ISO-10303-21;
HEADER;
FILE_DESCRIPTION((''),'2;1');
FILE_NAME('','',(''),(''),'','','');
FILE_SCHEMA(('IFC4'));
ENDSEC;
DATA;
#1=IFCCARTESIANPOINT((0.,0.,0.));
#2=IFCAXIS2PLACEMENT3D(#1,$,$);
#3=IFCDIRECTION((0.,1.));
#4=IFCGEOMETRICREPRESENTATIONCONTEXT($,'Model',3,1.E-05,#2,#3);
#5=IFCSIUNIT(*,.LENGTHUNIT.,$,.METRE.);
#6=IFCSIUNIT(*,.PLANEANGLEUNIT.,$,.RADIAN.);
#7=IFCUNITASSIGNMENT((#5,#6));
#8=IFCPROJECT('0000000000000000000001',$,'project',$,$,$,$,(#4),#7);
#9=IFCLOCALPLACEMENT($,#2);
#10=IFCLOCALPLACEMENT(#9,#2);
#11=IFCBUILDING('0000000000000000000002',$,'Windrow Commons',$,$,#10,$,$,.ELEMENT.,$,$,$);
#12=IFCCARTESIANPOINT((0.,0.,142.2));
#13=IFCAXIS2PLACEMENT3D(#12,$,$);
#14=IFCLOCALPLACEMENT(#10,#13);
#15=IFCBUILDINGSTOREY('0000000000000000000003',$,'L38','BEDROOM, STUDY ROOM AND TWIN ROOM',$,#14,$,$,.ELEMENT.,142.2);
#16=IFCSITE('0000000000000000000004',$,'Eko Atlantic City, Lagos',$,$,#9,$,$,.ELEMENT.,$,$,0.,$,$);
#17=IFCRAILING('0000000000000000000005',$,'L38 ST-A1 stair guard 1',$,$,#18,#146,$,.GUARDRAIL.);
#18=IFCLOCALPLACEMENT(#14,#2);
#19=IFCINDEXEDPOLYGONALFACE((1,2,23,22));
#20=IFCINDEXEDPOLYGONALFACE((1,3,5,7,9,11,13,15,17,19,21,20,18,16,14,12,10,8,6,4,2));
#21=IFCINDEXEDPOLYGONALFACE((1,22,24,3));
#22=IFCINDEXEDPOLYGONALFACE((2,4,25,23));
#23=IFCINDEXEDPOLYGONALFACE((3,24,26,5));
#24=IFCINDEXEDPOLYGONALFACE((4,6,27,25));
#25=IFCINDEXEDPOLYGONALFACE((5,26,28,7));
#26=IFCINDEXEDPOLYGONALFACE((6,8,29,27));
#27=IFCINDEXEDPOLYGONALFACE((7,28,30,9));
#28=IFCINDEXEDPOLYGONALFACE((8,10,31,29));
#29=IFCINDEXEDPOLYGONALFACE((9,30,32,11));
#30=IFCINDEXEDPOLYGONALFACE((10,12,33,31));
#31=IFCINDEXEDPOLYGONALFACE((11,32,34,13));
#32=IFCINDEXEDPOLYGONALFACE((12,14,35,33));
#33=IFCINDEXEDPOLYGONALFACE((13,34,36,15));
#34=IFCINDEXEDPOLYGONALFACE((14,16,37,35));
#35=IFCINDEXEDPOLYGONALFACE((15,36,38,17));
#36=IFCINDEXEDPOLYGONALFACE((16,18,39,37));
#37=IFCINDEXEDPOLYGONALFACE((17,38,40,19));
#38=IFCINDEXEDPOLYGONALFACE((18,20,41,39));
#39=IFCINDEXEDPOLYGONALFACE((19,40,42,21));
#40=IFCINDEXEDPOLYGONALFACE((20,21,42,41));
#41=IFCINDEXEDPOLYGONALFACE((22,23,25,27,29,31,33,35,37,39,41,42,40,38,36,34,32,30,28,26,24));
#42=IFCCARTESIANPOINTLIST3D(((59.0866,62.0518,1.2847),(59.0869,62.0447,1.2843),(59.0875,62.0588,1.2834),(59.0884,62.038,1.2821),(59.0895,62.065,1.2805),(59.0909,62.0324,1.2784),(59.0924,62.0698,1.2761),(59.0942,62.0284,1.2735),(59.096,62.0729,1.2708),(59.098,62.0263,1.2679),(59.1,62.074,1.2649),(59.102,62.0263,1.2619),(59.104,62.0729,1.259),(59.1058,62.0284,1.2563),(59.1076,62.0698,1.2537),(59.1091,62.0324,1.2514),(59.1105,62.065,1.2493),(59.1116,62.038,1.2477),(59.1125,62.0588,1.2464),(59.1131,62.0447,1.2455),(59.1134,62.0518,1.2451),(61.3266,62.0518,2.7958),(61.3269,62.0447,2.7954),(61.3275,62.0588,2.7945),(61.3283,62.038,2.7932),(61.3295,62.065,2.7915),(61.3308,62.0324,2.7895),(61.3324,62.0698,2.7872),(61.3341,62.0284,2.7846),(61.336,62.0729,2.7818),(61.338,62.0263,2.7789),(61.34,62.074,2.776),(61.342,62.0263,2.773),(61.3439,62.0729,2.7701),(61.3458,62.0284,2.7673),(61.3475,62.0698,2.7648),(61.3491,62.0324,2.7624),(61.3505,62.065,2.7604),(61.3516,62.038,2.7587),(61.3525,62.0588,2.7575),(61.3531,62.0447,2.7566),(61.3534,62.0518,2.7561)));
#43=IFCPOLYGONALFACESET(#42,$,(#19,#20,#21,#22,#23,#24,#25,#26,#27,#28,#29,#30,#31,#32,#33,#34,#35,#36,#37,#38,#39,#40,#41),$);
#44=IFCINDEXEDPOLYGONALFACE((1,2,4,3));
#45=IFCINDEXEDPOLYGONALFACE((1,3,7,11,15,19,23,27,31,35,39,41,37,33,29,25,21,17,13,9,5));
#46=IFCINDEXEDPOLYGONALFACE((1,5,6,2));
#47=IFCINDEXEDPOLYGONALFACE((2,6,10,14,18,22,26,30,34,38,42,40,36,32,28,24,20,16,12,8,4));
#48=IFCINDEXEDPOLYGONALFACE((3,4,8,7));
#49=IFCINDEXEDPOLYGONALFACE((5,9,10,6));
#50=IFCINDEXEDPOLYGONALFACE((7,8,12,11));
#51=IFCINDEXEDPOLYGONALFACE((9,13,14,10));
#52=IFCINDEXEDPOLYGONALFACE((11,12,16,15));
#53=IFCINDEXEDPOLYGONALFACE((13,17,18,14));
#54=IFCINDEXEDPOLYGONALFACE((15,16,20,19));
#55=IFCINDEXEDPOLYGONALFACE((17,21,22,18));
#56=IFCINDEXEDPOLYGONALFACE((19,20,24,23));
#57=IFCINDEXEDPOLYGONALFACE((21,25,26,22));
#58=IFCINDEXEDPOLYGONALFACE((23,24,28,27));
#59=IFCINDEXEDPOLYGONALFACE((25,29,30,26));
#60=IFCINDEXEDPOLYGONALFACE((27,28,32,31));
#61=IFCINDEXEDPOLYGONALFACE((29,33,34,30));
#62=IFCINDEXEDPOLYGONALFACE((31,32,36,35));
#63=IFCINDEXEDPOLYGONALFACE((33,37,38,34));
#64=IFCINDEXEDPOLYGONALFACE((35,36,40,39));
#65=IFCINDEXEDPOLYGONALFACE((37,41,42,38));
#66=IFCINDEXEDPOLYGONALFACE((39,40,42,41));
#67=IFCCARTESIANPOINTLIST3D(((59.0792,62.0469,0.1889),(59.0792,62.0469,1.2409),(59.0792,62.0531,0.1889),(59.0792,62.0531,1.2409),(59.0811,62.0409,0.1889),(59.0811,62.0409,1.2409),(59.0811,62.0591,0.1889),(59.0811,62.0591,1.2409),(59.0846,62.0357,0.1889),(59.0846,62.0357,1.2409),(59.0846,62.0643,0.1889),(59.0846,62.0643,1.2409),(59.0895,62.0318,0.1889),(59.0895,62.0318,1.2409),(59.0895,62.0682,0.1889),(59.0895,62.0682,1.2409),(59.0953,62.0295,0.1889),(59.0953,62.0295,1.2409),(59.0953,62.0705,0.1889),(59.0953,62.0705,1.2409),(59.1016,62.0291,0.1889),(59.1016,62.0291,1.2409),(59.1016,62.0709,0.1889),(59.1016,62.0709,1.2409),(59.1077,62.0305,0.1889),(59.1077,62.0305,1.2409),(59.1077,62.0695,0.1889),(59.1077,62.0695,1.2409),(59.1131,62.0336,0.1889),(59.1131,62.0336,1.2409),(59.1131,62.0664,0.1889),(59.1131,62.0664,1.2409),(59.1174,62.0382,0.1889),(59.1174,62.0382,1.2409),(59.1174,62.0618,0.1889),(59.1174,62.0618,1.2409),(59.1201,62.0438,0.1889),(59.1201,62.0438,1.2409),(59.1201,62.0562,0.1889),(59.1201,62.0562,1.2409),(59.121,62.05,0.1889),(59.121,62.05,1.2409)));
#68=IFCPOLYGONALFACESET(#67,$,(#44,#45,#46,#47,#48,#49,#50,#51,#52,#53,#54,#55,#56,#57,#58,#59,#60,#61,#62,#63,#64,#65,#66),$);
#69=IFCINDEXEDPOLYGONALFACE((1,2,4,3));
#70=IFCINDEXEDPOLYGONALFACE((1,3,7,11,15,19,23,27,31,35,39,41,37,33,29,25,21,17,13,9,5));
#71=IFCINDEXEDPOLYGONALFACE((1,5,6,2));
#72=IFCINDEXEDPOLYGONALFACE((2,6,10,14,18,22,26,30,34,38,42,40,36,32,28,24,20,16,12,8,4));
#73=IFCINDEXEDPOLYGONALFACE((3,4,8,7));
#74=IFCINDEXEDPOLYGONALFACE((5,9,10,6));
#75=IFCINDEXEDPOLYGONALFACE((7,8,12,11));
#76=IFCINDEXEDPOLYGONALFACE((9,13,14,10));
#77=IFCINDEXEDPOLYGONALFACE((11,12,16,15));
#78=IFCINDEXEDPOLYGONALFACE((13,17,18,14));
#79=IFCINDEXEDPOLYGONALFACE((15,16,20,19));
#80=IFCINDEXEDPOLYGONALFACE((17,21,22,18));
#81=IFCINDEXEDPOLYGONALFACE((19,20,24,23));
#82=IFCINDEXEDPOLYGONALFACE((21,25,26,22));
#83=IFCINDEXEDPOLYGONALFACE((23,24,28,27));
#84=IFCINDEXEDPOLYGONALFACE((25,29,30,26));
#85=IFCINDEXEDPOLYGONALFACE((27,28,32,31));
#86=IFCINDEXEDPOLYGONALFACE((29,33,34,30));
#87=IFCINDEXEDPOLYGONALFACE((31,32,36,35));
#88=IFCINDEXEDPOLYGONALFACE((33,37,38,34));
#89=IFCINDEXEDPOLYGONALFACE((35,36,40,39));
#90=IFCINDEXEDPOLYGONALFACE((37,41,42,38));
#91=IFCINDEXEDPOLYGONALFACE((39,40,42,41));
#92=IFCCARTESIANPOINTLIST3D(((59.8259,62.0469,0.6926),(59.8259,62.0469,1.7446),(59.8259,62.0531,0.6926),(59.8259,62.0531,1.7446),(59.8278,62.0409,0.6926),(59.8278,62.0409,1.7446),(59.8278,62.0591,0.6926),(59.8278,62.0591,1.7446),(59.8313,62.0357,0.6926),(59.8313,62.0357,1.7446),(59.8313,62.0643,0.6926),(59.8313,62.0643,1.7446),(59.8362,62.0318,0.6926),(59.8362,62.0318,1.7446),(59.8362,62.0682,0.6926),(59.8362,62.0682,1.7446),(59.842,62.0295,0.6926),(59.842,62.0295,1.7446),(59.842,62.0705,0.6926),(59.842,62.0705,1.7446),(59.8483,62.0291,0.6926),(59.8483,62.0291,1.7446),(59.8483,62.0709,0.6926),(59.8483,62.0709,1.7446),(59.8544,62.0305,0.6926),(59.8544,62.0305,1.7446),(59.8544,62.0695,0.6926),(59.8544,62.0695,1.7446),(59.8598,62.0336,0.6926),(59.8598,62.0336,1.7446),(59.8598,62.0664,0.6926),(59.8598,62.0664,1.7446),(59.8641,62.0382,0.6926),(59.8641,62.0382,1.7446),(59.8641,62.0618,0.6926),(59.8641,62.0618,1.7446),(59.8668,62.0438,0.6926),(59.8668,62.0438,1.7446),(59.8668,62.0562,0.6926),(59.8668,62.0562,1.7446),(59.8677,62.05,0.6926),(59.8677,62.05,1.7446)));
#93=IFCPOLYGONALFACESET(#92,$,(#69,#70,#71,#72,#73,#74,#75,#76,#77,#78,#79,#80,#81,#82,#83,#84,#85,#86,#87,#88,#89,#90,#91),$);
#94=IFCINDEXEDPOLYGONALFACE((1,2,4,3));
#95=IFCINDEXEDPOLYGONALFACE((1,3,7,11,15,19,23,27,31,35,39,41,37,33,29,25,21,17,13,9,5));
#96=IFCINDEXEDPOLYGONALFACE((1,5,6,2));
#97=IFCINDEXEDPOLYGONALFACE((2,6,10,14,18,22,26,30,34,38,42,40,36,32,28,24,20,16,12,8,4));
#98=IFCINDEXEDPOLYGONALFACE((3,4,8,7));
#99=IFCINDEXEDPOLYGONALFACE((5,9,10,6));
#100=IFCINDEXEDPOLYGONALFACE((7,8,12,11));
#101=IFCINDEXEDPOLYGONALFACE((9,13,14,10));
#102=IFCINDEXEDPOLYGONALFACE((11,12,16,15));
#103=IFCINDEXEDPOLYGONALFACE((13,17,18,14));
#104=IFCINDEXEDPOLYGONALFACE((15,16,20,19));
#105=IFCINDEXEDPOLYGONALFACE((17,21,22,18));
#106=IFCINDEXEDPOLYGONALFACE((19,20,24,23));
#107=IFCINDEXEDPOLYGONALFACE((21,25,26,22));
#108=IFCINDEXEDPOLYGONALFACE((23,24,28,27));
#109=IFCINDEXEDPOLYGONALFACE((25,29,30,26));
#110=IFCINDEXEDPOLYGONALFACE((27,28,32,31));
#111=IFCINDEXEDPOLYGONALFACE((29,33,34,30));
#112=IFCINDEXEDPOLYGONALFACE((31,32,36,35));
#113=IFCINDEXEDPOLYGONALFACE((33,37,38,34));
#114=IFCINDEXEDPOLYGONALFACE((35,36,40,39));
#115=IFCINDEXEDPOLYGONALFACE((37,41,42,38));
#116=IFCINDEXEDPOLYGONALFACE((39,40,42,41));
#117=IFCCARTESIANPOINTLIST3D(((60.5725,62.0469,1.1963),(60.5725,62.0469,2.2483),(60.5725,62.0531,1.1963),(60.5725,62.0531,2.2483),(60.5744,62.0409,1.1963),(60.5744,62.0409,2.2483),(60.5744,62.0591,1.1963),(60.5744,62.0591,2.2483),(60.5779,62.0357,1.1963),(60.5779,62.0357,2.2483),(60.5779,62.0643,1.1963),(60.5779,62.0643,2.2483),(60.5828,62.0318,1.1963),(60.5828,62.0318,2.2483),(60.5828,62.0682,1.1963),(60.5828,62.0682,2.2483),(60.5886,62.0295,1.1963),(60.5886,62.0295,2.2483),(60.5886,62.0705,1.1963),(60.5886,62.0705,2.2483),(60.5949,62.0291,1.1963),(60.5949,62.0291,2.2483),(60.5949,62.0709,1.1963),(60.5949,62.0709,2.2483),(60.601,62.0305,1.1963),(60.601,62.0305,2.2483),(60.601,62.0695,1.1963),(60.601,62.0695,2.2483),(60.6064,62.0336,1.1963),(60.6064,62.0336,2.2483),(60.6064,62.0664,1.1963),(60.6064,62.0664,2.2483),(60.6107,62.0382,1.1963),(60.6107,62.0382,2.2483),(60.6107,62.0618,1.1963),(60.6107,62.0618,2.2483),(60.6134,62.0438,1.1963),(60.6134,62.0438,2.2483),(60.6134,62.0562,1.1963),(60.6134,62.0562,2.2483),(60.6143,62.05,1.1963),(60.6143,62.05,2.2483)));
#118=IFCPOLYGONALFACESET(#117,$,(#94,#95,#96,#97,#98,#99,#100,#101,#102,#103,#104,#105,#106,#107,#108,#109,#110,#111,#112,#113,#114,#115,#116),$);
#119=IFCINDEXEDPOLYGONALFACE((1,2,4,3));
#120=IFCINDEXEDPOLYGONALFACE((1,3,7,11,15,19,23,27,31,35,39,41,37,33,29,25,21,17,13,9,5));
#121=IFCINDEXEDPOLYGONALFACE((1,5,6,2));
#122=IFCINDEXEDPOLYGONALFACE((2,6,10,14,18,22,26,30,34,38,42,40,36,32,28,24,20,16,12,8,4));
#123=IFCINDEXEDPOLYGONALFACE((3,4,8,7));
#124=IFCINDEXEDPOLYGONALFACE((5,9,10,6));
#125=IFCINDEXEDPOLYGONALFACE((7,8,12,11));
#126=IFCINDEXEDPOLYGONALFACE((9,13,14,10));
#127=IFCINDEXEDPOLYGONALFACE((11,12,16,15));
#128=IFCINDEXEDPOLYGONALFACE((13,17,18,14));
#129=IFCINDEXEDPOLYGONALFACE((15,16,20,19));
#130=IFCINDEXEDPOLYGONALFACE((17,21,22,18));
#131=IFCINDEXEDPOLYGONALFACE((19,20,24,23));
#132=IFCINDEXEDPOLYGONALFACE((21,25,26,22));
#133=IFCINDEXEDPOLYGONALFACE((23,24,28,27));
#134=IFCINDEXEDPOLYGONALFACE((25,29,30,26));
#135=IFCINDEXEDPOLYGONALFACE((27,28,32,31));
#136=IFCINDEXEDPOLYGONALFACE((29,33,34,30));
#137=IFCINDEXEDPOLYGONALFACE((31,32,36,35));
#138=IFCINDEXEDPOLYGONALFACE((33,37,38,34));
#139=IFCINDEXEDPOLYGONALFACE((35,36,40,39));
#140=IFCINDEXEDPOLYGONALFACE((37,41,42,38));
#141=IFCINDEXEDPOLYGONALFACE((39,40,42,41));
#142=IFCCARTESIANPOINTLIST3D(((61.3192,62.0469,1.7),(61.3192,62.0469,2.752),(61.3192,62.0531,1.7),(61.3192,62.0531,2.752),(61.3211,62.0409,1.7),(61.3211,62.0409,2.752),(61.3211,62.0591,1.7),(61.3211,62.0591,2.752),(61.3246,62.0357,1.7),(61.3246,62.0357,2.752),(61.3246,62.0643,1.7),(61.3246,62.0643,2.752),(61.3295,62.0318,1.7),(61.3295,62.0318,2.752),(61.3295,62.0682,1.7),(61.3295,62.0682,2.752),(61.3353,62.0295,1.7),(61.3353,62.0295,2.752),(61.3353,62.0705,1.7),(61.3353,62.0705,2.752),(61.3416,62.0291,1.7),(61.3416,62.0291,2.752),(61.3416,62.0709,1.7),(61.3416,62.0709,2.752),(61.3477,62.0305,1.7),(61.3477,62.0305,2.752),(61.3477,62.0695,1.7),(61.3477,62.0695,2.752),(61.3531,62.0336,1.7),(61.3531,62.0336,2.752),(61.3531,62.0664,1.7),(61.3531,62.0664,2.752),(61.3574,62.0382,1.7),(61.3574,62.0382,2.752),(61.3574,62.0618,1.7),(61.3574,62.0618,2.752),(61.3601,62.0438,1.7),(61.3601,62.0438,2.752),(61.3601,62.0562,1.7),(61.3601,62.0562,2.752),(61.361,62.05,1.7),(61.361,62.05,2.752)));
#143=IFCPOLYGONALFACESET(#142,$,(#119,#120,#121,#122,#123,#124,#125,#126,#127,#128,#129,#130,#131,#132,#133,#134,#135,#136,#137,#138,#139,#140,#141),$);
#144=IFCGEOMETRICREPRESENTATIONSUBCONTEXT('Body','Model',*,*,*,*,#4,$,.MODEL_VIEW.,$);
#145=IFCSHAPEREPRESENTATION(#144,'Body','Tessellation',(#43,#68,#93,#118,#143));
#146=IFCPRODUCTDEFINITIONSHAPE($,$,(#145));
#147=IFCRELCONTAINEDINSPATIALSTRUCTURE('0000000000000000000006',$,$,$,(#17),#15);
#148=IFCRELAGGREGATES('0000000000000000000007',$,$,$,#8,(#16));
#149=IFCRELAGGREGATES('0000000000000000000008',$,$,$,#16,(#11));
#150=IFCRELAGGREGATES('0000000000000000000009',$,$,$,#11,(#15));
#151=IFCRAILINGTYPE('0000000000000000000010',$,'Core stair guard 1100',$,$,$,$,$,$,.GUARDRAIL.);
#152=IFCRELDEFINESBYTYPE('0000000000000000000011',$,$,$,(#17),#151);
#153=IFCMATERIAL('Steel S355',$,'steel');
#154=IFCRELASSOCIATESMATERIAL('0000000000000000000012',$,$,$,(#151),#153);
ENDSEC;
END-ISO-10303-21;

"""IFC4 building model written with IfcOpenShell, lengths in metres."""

from ifc_helpers import new_model, si_unit, direction, frame, origin, origin_2d, place, context, subcontext, project, spatial, circle, extrude, material, type_object, element, save


model = new_model("IFC4")

# Units and contexts
model_context = context("Model", 3, precision=1e-05, world=origin(), true_north=direction((0.0, 1.0)))
body_context = subcontext(model_context, "Body", "Model", "MODEL_VIEW")
ifc_project = project(units=[si_unit("LENGTHUNIT", "METRE"), si_unit("PLANEANGLEUNIT", "RADIAN")], contexts=[model_context])

# Site, building, storey
site_placement = place(None, origin())
site = spatial("IfcSite", under=ifc_project, at=site_placement, Name="Eko Atlantic City, Lagos", CompositionType="ELEMENT", RefElevation=0.0)
building_placement = place(site_placement, origin())
building = spatial("IfcBuilding", under=site, at=building_placement, Name="Windrow Commons", CompositionType="ELEMENT")
storey_placement = place(building_placement, frame((0.0, 0.0, 142.2)))
storey = spatial("IfcBuildingStorey", under=building, at=storey_placement, Name="L38", Description="BEDROOM, STUDY ROOM AND TWIN ROOM", CompositionType="ELEMENT", Elevation=142.2)

# Railing
ifc_material_1 = material(Name="Steel S355", Category="steel")
railing_type_1 = type_object("IfcRailingType", Name="Core stair guard 1100", PredefinedType="GUARDRAIL", material=ifc_material_1)
railing_1_placement = place(storey_placement, frame((59.1, 62.05, 0.1889)))
element("IfcRailing", 1, at=railing_1_placement, inside=storey, type_object=railing_type_1, Name="L38 ST-A1 stair guard 1", PredefinedType="GUARDRAIL", context=body_context, shape_type="SweptSolid", body=[
    extrude(circle(Radius=0.024, at=origin_2d()), frame((0.0, 0.0, 1.076), z_axis=(0.829003, 0.0, 0.559244), x_axis=(0.0, 1.0, 0.0)), (0.0, 0.0, 1.0), 2.702),
    extrude(circle(Radius=0.021, at=origin_2d()), origin(), (0.0, 0.0, 1.0), 1.052),
    extrude(circle(Radius=0.021, at=origin_2d()), frame((0.7467, 0.0, 0.5037)), (0.0, 0.0, 1.0), 1.052),
    extrude(circle(Radius=0.021, at=origin_2d()), frame((1.4933, 0.0, 1.0074)), (0.0, 0.0, 1.0), 1.052),
    extrude(circle(Radius=0.021, at=origin_2d()), frame((2.24, 0.0, 1.5111)), (0.0, 0.0, 1.0), 1.052),
])

save(model, "model.ifc")
